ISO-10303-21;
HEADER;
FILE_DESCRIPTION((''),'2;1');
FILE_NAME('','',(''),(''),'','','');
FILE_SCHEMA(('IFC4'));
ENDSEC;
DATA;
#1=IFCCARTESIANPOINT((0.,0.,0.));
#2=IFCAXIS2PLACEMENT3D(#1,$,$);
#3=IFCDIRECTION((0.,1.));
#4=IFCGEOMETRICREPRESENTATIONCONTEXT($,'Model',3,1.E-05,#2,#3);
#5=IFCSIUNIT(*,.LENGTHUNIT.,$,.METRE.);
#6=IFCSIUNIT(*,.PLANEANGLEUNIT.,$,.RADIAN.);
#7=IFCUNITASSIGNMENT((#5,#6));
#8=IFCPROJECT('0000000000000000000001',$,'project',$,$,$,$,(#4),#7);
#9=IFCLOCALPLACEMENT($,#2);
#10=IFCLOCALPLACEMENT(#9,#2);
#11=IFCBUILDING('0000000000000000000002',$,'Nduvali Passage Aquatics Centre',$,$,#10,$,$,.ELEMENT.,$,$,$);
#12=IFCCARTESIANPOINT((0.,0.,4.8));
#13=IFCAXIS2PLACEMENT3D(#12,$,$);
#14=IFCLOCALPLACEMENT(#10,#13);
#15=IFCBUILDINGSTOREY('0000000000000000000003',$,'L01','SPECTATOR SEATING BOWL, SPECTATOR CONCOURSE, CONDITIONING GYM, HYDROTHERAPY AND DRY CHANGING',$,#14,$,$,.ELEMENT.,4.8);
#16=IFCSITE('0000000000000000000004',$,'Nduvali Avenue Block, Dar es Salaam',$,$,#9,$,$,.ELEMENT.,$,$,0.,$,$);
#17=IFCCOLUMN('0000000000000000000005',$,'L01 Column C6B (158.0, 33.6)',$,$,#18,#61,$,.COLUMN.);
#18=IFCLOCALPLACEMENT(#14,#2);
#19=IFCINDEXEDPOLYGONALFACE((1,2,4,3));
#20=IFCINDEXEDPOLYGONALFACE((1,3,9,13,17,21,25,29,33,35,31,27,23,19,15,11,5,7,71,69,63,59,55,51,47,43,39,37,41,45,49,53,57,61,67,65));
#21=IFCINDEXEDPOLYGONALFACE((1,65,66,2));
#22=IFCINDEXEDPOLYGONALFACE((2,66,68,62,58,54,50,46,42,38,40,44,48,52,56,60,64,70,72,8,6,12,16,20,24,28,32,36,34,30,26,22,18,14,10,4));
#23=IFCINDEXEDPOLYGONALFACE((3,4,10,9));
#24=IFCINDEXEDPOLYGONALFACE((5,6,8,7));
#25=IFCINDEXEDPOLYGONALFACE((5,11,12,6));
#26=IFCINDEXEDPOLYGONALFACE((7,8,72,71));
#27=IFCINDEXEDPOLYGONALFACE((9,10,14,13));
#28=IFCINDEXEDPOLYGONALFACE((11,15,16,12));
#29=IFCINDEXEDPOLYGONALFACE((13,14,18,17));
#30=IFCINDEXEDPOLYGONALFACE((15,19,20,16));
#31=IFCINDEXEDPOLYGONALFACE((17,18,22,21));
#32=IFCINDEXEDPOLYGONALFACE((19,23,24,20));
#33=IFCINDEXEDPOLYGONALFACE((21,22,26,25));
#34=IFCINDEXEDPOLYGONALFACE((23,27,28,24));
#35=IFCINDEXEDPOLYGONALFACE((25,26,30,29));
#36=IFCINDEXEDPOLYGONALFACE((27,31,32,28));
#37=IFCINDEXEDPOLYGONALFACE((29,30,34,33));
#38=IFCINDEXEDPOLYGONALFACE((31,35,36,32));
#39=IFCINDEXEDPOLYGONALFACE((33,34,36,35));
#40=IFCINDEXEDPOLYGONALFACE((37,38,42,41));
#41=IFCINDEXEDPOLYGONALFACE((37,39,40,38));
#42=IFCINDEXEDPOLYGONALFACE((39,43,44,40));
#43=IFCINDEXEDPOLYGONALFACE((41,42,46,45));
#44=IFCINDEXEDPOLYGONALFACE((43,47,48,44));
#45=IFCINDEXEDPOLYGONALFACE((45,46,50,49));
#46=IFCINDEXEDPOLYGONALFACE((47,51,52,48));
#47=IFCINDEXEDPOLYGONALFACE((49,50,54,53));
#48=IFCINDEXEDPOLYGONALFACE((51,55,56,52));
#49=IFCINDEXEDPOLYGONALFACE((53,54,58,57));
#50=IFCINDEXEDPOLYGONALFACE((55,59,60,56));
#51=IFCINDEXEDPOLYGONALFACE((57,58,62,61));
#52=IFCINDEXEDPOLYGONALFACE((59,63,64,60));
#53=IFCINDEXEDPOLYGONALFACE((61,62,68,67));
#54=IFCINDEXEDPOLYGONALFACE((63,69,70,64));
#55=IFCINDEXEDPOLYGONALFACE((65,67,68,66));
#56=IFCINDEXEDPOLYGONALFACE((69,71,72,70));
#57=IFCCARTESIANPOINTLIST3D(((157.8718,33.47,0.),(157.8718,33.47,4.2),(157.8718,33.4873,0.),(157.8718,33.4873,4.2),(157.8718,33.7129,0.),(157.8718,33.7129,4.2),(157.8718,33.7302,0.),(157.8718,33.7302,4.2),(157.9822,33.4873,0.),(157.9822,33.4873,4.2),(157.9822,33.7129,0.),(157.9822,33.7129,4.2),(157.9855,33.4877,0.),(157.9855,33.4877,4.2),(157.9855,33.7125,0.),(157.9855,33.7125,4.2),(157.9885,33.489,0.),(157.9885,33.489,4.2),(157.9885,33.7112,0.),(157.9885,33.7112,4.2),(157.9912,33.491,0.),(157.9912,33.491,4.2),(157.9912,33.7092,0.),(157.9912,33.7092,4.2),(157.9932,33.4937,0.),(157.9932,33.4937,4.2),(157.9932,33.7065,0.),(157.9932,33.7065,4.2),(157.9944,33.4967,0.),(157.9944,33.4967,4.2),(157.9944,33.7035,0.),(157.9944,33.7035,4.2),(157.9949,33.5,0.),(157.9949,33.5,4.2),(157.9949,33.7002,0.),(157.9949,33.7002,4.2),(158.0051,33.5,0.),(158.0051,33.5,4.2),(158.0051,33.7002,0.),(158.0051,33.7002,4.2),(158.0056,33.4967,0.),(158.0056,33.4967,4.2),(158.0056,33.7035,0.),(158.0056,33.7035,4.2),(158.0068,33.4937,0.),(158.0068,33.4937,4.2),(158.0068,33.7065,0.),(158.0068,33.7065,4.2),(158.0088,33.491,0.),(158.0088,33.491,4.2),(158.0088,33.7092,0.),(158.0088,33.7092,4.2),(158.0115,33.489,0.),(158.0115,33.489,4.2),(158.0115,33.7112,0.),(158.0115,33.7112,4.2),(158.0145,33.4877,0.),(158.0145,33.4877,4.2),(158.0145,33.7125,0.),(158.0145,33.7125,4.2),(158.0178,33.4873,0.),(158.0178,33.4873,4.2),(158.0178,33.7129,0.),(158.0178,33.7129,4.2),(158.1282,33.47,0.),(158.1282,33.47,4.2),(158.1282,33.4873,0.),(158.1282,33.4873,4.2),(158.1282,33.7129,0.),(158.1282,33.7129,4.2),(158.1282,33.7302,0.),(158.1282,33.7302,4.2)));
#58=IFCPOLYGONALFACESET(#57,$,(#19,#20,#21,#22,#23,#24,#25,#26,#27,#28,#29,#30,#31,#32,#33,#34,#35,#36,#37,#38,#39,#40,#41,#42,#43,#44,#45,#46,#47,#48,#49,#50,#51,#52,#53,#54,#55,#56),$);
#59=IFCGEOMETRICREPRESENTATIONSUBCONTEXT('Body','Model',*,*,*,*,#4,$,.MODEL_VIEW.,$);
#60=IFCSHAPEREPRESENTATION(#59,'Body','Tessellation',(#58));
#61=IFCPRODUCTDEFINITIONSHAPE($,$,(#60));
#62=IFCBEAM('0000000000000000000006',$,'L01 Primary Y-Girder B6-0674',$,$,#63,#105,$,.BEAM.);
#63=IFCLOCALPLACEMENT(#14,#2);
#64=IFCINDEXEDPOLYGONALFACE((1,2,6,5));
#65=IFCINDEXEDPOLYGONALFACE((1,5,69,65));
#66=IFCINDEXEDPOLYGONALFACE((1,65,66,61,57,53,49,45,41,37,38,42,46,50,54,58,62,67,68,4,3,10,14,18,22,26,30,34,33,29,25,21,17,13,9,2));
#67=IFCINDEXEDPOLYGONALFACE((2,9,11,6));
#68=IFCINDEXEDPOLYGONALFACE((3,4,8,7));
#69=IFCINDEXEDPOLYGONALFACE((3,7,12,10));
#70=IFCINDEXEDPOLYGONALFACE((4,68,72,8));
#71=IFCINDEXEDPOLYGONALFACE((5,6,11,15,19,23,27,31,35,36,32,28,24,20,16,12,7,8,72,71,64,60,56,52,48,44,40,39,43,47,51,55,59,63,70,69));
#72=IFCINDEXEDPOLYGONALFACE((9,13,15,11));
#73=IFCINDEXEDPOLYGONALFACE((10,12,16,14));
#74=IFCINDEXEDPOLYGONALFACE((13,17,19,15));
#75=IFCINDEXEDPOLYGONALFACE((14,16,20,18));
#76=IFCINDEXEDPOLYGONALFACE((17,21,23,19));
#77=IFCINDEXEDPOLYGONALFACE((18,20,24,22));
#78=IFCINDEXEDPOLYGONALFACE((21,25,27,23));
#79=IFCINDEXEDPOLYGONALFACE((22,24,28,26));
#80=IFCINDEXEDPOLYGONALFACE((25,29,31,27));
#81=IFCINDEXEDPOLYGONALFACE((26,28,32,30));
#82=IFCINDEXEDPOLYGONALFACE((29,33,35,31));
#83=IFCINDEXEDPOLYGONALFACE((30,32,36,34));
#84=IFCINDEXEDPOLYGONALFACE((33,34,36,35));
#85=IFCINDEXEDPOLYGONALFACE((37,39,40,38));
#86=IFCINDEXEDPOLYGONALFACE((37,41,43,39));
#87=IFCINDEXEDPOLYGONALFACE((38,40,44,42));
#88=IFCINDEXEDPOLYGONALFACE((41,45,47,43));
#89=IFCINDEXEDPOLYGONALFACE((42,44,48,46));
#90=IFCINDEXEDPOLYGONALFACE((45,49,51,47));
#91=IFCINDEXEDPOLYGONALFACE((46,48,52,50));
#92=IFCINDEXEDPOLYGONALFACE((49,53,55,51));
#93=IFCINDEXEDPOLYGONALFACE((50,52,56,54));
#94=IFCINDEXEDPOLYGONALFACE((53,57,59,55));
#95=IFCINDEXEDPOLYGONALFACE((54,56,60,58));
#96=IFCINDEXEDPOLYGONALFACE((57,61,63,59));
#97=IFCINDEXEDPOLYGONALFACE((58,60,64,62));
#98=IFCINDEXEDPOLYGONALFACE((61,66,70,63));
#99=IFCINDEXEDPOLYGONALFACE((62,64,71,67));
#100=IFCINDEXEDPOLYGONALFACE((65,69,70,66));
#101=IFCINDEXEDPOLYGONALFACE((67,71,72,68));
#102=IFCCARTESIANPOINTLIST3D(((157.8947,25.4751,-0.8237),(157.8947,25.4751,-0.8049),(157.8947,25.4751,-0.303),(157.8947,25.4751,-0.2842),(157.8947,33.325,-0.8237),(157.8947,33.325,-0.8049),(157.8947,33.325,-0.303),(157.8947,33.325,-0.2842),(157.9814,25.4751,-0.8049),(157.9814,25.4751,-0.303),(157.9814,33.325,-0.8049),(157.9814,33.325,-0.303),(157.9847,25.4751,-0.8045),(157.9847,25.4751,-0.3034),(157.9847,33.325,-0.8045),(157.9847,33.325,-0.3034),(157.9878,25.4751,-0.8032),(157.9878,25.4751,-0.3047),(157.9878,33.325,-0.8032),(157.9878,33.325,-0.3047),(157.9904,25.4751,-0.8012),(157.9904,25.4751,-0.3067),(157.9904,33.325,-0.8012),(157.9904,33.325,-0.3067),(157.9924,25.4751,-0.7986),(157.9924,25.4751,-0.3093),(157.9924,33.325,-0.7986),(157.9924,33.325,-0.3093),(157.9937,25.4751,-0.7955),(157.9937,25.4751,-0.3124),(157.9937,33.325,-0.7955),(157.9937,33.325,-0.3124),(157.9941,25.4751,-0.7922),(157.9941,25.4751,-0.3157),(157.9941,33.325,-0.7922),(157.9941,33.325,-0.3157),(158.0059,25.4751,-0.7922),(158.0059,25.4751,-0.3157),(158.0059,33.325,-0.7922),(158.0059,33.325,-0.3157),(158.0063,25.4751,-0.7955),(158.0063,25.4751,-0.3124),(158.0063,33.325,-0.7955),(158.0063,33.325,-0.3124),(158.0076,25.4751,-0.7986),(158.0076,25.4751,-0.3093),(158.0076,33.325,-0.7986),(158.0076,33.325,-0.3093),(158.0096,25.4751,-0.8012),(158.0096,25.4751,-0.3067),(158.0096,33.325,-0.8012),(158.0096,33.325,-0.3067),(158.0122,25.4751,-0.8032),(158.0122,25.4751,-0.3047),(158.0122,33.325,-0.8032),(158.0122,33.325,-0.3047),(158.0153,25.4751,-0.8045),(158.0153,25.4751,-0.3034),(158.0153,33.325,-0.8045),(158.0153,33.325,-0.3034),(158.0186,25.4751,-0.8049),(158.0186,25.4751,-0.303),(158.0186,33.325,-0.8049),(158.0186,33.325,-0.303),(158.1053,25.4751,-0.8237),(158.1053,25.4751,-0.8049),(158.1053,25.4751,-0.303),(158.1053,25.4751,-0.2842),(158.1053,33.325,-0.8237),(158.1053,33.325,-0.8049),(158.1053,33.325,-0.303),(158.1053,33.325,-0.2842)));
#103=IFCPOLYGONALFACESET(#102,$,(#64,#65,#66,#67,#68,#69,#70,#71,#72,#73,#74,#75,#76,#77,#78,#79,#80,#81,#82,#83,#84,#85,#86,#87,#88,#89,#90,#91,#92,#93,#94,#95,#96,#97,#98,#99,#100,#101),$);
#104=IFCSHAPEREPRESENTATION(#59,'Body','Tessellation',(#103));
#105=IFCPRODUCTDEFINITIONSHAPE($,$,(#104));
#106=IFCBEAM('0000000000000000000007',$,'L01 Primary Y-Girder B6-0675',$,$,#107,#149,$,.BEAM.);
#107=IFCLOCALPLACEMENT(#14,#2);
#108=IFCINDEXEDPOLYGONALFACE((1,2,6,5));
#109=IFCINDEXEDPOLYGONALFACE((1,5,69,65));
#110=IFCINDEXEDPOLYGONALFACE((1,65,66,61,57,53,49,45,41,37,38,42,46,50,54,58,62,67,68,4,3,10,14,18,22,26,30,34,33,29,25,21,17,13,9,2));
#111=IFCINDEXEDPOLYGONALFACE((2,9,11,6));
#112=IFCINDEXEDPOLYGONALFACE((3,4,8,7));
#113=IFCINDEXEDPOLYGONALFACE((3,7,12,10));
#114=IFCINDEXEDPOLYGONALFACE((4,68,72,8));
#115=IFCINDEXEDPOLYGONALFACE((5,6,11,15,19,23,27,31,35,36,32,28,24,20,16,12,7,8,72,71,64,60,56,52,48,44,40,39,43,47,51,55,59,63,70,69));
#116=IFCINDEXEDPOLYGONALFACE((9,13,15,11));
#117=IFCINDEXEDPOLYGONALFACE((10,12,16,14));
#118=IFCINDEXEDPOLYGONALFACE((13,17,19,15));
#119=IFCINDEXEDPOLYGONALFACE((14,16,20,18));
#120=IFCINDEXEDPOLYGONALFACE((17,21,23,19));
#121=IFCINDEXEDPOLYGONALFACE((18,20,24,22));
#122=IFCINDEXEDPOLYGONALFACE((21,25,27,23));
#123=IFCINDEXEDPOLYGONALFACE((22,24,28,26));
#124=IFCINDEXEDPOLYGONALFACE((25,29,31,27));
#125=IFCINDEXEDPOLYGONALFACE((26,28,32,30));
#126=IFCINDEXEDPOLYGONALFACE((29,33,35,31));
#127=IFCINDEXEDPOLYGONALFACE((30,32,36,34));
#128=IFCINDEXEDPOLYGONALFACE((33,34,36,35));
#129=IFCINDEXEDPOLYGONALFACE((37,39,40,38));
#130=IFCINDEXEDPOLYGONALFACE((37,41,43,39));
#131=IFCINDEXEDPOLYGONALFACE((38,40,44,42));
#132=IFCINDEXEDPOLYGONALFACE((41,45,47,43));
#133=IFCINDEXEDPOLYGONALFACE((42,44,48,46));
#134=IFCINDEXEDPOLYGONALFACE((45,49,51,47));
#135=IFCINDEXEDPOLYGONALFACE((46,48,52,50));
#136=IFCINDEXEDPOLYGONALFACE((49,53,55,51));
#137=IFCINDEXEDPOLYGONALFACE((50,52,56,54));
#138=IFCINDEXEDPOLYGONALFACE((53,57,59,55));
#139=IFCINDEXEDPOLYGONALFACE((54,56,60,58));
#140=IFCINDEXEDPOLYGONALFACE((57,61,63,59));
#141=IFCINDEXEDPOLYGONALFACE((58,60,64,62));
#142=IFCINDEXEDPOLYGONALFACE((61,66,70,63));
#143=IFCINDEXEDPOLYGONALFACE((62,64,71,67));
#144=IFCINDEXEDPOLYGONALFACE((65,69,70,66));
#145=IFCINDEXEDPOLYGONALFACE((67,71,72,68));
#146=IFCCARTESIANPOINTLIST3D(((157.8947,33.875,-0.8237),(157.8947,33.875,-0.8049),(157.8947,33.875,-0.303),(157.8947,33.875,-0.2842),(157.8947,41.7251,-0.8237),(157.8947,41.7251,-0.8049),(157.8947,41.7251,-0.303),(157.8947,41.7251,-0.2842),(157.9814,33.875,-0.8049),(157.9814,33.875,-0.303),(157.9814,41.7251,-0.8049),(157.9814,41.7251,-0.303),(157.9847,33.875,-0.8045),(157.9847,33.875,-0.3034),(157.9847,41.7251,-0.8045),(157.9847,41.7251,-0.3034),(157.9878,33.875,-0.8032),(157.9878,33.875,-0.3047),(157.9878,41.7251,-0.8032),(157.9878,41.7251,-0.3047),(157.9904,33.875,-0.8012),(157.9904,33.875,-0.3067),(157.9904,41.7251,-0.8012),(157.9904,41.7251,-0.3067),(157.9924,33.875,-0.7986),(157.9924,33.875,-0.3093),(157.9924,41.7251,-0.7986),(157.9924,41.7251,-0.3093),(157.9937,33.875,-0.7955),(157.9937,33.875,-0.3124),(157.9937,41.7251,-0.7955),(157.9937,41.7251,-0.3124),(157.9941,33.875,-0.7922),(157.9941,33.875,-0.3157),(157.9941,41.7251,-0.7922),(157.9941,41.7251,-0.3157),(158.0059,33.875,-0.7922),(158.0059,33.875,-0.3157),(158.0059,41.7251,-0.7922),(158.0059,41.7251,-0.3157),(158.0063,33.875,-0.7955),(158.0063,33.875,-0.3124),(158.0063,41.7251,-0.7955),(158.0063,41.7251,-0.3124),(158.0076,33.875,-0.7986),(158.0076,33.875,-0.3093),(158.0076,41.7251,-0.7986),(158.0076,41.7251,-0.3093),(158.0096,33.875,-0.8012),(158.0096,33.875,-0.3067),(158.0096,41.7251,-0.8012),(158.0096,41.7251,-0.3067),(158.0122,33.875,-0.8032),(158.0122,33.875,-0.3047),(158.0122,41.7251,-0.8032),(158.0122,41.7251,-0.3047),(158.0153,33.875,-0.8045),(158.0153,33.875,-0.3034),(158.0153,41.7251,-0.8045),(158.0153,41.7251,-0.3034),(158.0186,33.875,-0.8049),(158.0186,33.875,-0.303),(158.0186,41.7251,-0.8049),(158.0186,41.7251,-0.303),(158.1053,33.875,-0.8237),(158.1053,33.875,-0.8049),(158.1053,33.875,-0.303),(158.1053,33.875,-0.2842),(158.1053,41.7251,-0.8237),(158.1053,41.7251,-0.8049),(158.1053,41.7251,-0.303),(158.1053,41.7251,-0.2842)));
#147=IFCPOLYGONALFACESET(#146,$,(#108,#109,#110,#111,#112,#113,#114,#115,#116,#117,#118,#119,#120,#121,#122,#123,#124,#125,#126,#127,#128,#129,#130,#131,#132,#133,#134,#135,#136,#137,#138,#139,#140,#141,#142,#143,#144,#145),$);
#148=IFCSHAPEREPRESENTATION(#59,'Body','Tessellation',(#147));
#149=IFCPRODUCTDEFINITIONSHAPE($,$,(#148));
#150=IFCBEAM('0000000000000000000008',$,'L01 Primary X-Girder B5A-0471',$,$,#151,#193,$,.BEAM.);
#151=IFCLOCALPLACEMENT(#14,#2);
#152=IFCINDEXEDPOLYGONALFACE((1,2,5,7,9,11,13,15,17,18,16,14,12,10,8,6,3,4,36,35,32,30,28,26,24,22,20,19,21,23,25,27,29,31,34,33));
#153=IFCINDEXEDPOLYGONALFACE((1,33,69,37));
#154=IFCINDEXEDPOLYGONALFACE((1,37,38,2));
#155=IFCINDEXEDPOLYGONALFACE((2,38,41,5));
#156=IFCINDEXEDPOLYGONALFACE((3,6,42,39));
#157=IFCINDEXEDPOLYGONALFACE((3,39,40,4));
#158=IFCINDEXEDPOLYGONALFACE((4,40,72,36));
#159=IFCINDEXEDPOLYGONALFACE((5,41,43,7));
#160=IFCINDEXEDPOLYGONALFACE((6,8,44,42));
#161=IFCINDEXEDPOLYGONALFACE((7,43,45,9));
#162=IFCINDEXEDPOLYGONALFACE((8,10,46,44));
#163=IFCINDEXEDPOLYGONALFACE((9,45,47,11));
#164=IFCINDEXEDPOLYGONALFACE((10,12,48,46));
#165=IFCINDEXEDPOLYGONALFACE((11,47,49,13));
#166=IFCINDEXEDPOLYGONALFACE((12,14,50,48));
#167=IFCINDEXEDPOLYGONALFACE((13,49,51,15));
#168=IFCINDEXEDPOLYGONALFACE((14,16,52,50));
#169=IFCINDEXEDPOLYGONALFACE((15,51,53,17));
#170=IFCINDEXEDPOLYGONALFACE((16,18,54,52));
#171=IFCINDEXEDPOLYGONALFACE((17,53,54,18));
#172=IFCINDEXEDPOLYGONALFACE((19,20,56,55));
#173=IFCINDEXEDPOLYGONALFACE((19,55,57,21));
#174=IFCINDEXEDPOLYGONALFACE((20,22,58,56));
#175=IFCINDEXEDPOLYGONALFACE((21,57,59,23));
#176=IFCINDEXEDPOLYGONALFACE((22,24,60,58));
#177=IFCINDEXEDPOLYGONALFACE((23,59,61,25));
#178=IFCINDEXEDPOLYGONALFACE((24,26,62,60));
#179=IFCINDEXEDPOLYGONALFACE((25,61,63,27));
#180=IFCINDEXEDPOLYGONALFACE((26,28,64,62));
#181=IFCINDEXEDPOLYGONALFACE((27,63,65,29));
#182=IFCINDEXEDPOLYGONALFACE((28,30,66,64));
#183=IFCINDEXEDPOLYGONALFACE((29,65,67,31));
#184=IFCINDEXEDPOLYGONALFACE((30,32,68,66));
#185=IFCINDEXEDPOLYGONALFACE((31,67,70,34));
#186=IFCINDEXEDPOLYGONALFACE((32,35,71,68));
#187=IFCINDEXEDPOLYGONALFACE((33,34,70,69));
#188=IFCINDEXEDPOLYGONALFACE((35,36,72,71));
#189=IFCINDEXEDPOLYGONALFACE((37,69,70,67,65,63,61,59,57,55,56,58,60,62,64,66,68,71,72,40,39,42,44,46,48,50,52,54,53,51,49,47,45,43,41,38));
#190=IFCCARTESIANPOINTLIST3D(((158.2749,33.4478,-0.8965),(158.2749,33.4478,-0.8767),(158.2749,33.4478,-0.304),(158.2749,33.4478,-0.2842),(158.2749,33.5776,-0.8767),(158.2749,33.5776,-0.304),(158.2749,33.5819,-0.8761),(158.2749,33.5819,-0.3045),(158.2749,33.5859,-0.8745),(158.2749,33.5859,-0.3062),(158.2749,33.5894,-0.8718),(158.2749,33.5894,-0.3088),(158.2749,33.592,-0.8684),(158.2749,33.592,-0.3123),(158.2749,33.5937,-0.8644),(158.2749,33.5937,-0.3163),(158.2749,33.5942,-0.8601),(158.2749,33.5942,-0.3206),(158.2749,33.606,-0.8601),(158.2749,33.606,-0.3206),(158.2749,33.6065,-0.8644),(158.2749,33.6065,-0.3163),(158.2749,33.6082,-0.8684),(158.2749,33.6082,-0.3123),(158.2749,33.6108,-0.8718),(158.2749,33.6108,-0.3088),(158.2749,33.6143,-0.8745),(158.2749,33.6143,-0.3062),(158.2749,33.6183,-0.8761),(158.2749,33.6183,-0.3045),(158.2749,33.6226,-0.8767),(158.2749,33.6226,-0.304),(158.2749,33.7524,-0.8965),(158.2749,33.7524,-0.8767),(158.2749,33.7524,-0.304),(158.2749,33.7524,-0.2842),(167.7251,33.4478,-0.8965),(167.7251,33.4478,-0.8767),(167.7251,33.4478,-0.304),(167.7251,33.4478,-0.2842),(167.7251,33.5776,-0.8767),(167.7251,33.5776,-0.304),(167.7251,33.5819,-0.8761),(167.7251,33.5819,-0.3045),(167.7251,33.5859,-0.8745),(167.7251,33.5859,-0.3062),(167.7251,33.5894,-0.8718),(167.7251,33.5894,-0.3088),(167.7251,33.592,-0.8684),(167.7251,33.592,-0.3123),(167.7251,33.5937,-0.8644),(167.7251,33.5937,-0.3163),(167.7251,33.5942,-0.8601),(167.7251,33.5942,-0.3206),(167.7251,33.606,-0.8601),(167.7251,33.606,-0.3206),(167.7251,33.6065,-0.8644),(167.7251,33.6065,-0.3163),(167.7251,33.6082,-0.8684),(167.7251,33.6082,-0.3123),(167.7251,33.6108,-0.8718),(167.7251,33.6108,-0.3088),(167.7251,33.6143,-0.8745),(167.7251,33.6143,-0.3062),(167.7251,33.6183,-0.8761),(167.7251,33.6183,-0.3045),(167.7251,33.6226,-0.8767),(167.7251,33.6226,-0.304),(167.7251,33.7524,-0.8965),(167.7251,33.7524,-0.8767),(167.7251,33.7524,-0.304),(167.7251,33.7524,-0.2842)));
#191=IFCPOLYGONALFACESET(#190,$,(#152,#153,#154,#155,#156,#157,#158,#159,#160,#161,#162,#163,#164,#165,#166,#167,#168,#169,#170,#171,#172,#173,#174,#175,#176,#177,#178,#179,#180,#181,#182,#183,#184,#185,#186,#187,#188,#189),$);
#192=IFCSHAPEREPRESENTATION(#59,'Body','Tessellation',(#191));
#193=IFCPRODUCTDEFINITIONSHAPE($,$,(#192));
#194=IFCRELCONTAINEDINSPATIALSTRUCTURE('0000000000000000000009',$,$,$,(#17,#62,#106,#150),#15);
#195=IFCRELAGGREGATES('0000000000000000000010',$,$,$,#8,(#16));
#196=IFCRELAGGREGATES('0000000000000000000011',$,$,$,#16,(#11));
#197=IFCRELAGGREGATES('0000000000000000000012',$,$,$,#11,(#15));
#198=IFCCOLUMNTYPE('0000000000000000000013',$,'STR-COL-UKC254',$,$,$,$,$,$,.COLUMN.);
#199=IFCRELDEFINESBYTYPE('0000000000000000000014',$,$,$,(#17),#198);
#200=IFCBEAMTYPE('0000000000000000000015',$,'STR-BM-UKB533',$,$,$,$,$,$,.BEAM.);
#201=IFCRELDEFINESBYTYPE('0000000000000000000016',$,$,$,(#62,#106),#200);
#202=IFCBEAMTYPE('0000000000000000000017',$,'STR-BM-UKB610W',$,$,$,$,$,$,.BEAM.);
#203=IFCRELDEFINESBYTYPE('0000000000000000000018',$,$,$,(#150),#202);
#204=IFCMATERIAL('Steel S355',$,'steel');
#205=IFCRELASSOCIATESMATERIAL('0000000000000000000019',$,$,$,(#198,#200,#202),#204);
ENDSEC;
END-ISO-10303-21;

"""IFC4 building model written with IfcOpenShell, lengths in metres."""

from ifc_helpers import new_model, si_unit, direction, frame, origin, origin_2d, place, context, subcontext, project, spatial, i_section, extrude, material, material_profile, profile_set, type_object, element, save


model = new_model("IFC4")

# Units and contexts
model_context = context("Model", 3, precision=1e-05, world=origin(), true_north=direction((0.0, 1.0)))
body_context = subcontext(model_context, "Body", "Model", "MODEL_VIEW")
ifc_project = project(units=[si_unit("LENGTHUNIT", "METRE"), si_unit("PLANEANGLEUNIT", "RADIAN")], contexts=[model_context])

# Site, building, storey
site_placement = place(None, origin())
site = spatial("IfcSite", under=ifc_project, at=site_placement, Name="Nduvali Avenue Block, Dar es Salaam", CompositionType="ELEMENT", RefElevation=0.0)
building_placement = place(site_placement, origin())
building = spatial("IfcBuilding", under=site, at=building_placement, Name="Nduvali Passage Aquatics Centre", CompositionType="ELEMENT")
storey_placement = place(building_placement, frame((0.0, 0.0, 4.8)))
storey = spatial("IfcBuildingStorey", under=building, at=storey_placement, Name="L01", Description="SPECTATOR SEATING BOWL, SPECTATOR CONCOURSE, CONDITIONING GYM, HYDROTHERAPY AND DRY CHANGING", CompositionType="ELEMENT", Elevation=4.8)

# Column
ifc_material_1 = material(Name="Steel S355", Category="steel")
ifc_material_profile_1 = material_profile(ifc_material_1, i_section(OverallWidth=0.2563, OverallDepth=0.2603, WebThickness=0.0103, FlangeThickness=0.0173, FilletRadius=0.0127, at=origin_2d()), Name="UKC 254x254x89")
ifc_profile_set_1 = profile_set([ifc_material_profile_1], Name="Steel S355")
column_type = type_object("IfcColumnType", Name="STR-COL-UKC254", PredefinedType="COLUMN", material=ifc_profile_set_1)
column_placement = place(storey_placement, frame((158.0, 33.6001, 0.0), z_axis=(0.0, 0.0, 1.0), x_axis=(1.0, 0.0, 0.0)))
element("IfcColumn", 1, at=column_placement, inside=storey, type_object=column_type, Name="L01 Column C6B (158.0, 33.6)", PredefinedType="COLUMN", context=body_context, shape_type="SweptSolid", body=[
    extrude(i_section(OverallWidth=0.2563, OverallDepth=0.2603, WebThickness=0.0103, FlangeThickness=0.0173, FilletRadius=0.0127, at=origin_2d()), origin(), (0.0, 0.0, 1.0), 4.2),
])

# Beams
ifc_material_profile_2 = material_profile(ifc_material_1, i_section(OverallWidth=0.2107, OverallDepth=0.5396, WebThickness=0.0117, FlangeThickness=0.0188, FilletRadius=0.0127, at=origin_2d()), Name="UKB 533x210x109")
ifc_profile_set_2 = profile_set([ifc_material_profile_2], Name="Steel S355")
beam_type_1 = type_object("IfcBeamType", Name="STR-BM-UKB533", PredefinedType="BEAM", material=ifc_profile_set_2)
beam_1_placement = place(storey_placement, frame((158.0, 25.4751, -0.554), z_axis=(0.0, 1.0, 0.0), x_axis=(-1.0, 0.0, 0.0)))
element("IfcBeam", 2, at=beam_1_placement, inside=storey, type_object=beam_type_1, Name="L01 Primary Y-Girder B6-0674", PredefinedType="BEAM", context=body_context, shape_type="SweptSolid", body=[
    extrude(i_section(OverallWidth=0.2107, OverallDepth=0.5396, WebThickness=0.0117, FlangeThickness=0.0188, FilletRadius=0.0127, at=origin_2d()), origin(), (0.0, 0.0, 1.0), 7.8499),
])
beam_2_placement = place(storey_placement, frame((158.0, 33.875, -0.554), z_axis=(0.0, 1.0, 0.0), x_axis=(-1.0, 0.0, 0.0)))
element("IfcBeam", 3, at=beam_2_placement, inside=storey, type_object=beam_type_1, Name="L01 Primary Y-Girder B6-0675", PredefinedType="BEAM", context=body_context, shape_type="SweptSolid", body=[
    extrude(i_section(OverallWidth=0.2107, OverallDepth=0.5396, WebThickness=0.0117, FlangeThickness=0.0188, FilletRadius=0.0127, at=origin_2d()), origin(), (0.0, 0.0, 1.0), 7.8501),
])
ifc_material_profile_3 = material_profile(ifc_material_1, i_section(OverallWidth=0.3047, OverallDepth=0.6123, WebThickness=0.0117, FlangeThickness=0.0198, FilletRadius=0.0166, at=origin_2d()), Name="UKB 610x305x149")
ifc_profile_set_3 = profile_set([ifc_material_profile_3], Name="Steel S355")
beam_type_2 = type_object("IfcBeamType", Name="STR-BM-UKB610W", PredefinedType="BEAM", material=ifc_profile_set_3)
beam_3_placement = place(storey_placement, frame((158.2749, 33.6001, -0.5903), z_axis=(1.0, 0.0, 0.0), x_axis=(0.0, 1.0, 0.0)))
element("IfcBeam", 4, at=beam_3_placement, inside=storey, type_object=beam_type_2, Name="L01 Primary X-Girder B5A-0471", PredefinedType="BEAM", context=body_context, shape_type="SweptSolid", body=[
    extrude(i_section(OverallWidth=0.3047, OverallDepth=0.6123, WebThickness=0.0117, FlangeThickness=0.0198, FilletRadius=0.0166, at=origin_2d()), origin(), (0.0, 0.0, 1.0), 9.4502),
])

save(model, "model.ifc")
